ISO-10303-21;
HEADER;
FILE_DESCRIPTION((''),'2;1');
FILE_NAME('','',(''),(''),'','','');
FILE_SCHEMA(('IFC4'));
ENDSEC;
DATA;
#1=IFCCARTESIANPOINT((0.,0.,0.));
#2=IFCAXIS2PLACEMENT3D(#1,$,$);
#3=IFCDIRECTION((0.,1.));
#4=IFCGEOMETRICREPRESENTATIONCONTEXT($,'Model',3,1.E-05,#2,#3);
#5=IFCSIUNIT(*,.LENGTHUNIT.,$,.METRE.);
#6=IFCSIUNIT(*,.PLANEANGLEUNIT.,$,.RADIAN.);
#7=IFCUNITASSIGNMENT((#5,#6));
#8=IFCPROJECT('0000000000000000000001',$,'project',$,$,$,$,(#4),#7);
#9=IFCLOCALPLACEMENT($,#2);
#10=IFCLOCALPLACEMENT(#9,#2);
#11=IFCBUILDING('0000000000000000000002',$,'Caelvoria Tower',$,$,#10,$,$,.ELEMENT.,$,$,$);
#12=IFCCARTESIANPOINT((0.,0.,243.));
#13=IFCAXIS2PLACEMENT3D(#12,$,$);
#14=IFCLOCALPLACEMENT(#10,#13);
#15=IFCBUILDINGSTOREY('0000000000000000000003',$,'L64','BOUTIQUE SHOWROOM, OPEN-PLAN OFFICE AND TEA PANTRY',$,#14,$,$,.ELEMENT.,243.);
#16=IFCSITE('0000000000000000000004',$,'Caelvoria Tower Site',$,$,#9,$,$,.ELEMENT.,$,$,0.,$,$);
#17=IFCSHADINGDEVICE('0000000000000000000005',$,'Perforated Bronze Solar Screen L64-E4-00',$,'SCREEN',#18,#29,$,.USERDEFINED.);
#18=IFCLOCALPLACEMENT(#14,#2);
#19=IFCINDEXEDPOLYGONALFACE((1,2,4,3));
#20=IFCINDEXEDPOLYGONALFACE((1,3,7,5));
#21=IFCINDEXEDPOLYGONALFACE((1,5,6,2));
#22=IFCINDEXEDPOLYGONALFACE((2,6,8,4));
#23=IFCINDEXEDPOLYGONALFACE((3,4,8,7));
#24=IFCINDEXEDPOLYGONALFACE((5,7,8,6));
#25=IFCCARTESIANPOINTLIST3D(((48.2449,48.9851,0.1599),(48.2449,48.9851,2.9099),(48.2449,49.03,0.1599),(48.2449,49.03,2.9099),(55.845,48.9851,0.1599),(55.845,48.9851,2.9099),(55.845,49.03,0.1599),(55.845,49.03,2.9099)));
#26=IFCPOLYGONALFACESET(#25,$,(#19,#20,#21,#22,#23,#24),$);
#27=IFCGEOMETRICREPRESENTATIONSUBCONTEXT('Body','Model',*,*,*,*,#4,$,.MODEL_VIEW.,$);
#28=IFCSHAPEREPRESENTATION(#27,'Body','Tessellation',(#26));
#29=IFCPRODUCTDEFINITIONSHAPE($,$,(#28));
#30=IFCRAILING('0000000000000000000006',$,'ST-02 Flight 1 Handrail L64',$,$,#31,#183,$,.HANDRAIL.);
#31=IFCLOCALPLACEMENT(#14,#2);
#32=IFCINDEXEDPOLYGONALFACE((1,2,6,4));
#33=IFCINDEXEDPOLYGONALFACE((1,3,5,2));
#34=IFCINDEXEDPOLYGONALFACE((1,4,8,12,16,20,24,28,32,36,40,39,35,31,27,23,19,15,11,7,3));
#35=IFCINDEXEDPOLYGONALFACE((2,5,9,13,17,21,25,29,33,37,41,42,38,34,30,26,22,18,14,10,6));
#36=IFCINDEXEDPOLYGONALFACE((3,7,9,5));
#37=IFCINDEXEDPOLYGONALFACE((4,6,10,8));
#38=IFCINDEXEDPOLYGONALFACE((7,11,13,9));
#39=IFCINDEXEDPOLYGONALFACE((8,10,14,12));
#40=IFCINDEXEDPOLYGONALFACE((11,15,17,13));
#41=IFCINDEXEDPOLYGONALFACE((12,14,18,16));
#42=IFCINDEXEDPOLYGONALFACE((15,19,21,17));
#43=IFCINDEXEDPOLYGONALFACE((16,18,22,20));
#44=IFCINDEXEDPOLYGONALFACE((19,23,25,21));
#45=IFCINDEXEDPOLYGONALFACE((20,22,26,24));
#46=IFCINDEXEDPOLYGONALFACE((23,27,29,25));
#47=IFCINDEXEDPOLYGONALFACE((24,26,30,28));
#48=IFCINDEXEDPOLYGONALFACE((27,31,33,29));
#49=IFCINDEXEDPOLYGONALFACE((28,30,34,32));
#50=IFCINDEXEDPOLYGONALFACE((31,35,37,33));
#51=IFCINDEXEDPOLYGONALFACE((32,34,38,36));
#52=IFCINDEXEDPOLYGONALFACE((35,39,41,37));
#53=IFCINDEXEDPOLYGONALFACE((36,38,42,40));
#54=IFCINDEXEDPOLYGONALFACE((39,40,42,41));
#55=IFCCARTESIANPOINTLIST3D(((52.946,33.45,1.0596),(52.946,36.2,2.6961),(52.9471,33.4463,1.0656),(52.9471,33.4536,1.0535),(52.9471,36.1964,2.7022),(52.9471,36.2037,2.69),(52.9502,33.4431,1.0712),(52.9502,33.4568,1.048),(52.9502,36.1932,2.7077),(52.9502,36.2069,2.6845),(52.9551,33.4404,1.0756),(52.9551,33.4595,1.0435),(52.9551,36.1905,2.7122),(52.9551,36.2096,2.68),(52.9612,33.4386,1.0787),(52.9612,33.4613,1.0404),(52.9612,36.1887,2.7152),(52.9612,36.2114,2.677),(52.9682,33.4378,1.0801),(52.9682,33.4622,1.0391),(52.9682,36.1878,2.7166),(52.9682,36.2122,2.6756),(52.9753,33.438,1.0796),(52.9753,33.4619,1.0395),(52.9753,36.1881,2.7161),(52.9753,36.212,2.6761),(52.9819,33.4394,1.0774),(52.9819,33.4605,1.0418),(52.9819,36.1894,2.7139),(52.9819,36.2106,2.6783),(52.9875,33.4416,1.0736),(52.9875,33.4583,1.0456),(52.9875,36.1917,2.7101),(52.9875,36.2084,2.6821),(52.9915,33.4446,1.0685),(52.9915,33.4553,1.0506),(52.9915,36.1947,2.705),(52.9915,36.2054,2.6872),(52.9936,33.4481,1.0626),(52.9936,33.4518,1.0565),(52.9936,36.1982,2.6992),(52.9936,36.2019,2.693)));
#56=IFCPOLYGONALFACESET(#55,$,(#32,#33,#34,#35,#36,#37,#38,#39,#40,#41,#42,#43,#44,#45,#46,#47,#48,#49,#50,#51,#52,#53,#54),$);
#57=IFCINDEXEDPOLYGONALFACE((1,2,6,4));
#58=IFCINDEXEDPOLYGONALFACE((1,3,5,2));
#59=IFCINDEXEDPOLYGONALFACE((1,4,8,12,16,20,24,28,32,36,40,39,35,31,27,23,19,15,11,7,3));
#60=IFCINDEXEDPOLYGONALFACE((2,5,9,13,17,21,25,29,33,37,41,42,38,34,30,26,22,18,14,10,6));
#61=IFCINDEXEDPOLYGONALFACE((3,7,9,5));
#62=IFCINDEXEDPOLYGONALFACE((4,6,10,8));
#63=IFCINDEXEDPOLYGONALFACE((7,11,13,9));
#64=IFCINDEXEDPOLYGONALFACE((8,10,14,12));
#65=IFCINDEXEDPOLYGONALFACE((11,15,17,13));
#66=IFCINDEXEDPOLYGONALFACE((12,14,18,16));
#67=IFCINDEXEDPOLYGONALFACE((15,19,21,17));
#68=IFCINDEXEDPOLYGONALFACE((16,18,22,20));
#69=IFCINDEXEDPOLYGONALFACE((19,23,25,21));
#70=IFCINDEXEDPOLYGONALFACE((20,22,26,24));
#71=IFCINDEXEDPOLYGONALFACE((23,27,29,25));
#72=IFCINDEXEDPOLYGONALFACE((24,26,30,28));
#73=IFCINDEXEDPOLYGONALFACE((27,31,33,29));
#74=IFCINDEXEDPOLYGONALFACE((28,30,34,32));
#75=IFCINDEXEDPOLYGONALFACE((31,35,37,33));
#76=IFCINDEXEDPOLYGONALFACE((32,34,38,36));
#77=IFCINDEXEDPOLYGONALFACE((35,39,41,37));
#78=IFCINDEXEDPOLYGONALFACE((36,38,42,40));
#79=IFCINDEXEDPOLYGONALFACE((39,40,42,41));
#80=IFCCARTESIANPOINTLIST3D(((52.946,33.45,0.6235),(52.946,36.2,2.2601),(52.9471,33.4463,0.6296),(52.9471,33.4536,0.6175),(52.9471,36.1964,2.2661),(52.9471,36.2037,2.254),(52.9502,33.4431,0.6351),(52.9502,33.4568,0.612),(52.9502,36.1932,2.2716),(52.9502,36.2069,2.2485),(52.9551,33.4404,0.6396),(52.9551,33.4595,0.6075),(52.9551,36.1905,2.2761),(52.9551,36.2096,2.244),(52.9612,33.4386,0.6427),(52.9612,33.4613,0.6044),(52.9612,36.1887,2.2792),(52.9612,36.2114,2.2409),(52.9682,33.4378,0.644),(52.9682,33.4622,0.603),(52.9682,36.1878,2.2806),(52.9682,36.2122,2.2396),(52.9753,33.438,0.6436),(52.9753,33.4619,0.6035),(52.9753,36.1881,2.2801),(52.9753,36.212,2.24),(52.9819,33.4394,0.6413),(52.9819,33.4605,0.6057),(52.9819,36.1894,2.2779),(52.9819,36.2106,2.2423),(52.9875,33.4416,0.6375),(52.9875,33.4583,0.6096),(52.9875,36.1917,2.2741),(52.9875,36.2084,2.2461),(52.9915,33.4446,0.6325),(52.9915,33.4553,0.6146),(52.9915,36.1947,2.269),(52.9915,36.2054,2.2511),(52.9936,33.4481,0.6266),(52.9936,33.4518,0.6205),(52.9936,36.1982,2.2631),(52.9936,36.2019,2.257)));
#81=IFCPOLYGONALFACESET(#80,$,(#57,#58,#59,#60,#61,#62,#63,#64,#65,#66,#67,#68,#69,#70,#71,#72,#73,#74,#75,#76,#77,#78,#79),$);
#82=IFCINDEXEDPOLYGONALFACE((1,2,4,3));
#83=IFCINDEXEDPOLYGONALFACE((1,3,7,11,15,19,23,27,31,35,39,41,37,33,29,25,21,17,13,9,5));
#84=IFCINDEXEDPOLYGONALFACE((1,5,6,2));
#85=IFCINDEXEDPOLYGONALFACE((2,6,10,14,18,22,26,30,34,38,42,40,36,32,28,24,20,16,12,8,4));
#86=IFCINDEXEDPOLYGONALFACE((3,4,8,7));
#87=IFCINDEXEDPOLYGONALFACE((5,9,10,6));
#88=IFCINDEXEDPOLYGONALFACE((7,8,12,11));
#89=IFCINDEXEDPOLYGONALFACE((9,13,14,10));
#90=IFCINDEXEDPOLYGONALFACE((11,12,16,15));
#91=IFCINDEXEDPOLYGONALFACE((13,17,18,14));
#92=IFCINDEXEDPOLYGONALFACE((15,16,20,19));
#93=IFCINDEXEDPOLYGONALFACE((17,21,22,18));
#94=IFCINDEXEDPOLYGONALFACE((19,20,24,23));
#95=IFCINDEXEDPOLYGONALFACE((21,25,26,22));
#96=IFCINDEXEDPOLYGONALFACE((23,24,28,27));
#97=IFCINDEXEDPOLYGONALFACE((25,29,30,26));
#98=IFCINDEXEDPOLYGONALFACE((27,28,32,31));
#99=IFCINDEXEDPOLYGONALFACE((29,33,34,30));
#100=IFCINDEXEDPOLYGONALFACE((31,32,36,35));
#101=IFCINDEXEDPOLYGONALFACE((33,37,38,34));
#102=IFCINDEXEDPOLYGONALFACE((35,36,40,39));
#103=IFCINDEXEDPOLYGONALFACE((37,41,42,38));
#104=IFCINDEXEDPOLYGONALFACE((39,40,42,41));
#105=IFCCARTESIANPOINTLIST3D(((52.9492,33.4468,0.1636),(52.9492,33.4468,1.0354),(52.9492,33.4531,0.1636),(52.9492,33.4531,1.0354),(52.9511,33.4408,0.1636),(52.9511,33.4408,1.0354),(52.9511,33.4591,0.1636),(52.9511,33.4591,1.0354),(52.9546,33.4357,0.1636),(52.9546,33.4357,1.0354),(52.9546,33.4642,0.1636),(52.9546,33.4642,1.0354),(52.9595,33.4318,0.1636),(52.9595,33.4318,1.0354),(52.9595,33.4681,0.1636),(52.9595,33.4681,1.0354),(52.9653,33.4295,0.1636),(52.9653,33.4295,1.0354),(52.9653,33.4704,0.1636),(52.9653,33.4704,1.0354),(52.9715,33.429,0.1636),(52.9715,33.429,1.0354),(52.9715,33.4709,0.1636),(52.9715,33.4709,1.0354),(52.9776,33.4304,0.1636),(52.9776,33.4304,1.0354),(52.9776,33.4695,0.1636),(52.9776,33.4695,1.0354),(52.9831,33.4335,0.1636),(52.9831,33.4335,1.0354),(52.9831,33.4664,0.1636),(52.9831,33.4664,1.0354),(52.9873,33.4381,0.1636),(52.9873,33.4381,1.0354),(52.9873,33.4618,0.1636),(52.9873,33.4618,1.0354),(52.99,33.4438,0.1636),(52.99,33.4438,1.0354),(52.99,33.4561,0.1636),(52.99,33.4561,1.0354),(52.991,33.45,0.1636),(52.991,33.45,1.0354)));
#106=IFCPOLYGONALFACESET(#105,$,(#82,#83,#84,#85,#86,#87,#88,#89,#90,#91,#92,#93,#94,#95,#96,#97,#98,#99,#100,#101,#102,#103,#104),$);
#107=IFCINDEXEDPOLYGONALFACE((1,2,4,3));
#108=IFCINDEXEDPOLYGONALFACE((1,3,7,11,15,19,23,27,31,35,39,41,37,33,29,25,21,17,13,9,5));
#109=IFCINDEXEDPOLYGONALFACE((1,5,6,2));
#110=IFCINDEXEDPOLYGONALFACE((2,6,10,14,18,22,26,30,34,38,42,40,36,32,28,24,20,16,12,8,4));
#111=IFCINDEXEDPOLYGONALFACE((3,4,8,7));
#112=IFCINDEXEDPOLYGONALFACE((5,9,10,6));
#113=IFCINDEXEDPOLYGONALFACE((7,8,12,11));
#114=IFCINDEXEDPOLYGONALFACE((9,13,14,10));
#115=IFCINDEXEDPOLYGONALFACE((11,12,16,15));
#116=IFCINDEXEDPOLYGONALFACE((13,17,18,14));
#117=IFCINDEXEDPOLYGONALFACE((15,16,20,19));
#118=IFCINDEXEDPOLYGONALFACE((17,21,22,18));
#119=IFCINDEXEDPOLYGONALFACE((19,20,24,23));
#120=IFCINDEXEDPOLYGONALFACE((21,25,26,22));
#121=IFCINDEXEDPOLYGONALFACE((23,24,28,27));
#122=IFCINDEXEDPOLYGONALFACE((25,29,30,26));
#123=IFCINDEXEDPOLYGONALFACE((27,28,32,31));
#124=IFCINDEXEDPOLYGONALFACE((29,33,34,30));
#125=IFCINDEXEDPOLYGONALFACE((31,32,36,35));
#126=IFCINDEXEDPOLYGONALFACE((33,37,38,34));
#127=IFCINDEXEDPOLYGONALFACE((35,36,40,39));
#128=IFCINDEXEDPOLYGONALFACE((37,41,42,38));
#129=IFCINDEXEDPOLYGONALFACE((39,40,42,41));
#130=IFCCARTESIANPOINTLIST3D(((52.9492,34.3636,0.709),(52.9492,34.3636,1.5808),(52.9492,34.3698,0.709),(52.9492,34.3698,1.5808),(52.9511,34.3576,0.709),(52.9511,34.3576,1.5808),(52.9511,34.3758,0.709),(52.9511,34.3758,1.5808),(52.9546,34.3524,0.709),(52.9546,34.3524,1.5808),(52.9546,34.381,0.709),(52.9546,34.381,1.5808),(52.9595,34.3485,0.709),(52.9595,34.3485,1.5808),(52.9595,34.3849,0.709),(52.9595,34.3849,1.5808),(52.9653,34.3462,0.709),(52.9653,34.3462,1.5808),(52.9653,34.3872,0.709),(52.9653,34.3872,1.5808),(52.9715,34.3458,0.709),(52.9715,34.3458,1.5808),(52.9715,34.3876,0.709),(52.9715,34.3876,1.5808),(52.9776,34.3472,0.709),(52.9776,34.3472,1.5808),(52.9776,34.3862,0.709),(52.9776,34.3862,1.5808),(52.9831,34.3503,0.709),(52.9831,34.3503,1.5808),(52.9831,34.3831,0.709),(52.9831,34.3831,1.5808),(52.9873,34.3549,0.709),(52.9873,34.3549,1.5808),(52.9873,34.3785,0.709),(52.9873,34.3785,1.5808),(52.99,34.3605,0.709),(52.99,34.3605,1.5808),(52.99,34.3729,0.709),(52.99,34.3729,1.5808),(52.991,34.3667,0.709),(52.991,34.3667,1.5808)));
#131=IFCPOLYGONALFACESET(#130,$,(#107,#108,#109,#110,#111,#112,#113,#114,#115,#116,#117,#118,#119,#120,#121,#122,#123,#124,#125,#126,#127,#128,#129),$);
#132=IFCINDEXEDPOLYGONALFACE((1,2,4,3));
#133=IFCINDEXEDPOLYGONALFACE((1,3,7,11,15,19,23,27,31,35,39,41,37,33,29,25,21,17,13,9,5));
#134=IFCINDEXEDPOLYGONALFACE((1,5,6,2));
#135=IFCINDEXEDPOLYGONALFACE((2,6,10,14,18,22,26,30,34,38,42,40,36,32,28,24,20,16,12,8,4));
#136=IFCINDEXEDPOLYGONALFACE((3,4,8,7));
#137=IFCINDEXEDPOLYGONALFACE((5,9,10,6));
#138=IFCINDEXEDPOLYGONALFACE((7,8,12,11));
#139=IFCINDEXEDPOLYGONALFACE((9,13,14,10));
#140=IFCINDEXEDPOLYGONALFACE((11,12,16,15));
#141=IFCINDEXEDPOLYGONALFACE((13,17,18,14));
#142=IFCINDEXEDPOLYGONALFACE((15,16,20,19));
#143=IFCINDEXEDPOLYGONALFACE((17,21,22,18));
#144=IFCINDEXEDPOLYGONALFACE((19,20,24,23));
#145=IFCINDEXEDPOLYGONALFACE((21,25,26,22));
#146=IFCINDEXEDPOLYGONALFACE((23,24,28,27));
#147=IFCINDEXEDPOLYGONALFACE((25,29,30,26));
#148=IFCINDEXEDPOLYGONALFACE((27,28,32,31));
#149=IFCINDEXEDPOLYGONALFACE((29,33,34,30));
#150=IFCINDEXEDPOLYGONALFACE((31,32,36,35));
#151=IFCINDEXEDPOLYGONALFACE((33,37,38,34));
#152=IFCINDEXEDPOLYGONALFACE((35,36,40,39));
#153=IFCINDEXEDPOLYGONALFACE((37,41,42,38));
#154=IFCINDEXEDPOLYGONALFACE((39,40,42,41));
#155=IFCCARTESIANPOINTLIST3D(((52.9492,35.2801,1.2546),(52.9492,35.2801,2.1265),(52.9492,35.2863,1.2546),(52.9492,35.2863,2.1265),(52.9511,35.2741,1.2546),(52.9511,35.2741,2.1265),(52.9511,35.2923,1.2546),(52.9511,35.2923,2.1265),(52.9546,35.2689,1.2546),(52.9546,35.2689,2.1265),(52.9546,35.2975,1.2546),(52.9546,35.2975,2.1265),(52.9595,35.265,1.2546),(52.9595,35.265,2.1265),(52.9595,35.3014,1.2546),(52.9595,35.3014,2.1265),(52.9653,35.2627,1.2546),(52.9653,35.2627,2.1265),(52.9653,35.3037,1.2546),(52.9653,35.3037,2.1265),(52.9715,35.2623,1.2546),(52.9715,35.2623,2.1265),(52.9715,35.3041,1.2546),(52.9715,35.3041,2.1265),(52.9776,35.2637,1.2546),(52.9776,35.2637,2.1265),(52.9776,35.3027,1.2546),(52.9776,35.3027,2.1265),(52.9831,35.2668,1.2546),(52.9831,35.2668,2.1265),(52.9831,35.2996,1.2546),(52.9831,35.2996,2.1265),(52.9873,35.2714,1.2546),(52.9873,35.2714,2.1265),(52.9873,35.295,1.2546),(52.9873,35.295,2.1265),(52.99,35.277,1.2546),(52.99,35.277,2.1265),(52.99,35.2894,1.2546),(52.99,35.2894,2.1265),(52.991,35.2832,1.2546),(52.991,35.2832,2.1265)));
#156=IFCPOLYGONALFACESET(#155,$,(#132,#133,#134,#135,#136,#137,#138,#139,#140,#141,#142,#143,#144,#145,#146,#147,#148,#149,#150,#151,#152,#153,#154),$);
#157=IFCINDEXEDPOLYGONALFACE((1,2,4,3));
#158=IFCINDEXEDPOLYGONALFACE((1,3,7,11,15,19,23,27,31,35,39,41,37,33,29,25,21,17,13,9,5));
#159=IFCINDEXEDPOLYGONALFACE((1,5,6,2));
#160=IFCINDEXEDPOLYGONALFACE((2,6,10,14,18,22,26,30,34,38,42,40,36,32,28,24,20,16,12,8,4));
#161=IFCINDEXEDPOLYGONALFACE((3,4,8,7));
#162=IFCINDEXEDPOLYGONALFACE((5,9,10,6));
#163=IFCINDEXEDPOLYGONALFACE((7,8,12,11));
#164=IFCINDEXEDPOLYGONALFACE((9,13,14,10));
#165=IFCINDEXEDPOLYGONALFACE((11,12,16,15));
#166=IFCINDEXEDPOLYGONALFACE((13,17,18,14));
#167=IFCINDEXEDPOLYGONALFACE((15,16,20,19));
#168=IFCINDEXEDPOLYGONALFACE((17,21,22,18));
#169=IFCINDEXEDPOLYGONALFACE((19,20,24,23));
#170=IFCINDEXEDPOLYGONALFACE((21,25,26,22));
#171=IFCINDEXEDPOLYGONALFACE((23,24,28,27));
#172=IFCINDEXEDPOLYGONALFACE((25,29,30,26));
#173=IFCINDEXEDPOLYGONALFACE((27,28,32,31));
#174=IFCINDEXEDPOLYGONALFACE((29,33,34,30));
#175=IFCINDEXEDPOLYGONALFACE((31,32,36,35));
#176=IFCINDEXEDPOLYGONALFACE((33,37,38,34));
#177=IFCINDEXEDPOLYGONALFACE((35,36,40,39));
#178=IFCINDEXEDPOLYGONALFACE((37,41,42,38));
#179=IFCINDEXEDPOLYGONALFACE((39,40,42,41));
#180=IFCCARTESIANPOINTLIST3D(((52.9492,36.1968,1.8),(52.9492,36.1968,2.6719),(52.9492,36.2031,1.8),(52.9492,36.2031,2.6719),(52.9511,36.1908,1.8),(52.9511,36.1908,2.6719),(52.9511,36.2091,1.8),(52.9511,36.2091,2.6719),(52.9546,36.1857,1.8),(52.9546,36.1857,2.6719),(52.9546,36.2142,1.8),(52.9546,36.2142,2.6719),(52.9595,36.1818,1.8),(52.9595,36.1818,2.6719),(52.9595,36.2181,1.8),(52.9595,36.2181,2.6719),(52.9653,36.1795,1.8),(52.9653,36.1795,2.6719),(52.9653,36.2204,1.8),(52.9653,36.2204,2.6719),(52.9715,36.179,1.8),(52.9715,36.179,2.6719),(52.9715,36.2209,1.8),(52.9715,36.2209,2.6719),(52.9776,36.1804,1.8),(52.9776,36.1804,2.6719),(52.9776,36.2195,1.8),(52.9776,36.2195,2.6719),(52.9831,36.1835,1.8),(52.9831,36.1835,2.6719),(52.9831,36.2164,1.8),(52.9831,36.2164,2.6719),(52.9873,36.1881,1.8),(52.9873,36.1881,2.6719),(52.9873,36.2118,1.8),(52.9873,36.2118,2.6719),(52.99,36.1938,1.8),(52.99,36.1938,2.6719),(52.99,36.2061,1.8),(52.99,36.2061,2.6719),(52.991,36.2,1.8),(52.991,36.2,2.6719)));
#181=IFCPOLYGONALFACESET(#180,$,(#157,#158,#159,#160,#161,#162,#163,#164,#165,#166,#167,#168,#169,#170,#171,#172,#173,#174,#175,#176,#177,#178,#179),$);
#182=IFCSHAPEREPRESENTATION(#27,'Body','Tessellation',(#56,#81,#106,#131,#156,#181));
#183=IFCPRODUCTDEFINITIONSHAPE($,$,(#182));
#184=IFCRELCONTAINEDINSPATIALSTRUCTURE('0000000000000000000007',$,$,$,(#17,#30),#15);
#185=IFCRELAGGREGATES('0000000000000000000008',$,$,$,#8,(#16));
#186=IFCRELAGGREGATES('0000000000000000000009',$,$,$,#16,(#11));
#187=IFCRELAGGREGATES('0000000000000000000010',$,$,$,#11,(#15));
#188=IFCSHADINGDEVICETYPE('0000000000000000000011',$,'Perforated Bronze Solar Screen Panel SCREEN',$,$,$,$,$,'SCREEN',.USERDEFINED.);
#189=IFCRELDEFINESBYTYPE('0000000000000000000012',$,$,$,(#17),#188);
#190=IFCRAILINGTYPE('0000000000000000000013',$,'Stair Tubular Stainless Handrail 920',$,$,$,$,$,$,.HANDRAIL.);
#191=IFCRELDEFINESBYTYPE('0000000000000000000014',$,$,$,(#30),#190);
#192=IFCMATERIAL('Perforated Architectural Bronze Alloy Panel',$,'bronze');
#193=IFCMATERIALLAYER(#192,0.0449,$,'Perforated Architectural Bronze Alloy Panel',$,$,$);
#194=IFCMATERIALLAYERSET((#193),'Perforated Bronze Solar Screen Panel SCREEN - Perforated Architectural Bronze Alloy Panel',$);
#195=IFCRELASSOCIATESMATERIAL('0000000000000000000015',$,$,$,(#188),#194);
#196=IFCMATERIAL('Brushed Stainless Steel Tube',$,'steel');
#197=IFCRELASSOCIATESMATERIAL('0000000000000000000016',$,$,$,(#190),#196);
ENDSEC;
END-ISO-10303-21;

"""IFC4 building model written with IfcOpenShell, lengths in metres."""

from ifc_helpers import new_model, si_unit, direction, frame, origin, origin_2d, place, context, subcontext, project, spatial, rectangle, circle, extrude, material, layer, layer_set, type_object, element, save


model = new_model("IFC4")

# Units and contexts
model_context = context("Model", 3, precision=1e-05, world=origin(), true_north=direction((0.0, 1.0)))
body_context = subcontext(model_context, "Body", "Model", "MODEL_VIEW")
ifc_project = project(units=[si_unit("LENGTHUNIT", "METRE"), si_unit("PLANEANGLEUNIT", "RADIAN")], contexts=[model_context])

# Site, building, storey
site_placement = place(None, origin())
site = spatial("IfcSite", under=ifc_project, at=site_placement, Name="Caelvoria Tower Site", CompositionType="ELEMENT", RefElevation=0.0)
building_placement = place(site_placement, origin())
building = spatial("IfcBuilding", under=site, at=building_placement, Name="Caelvoria Tower", CompositionType="ELEMENT")
storey_placement = place(building_placement, frame((0.0, 0.0, 243.0)))
storey = spatial("IfcBuildingStorey", under=building, at=storey_placement, Name="L64", Description="BOUTIQUE SHOWROOM, OPEN-PLAN OFFICE AND TEA PANTRY", CompositionType="ELEMENT", Elevation=243.0)

# Shading device
ifc_material_1 = material(Name="Perforated Architectural Bronze Alloy Panel", Category="bronze")
ifc_layer_1 = layer(ifc_material_1, 0.0449, Name="Perforated Architectural Bronze Alloy Panel")
ifc_layer_set_1 = layer_set([ifc_layer_1], Name="Perforated Bronze Solar Screen Panel SCREEN - Perforated Architectural Bronze Alloy Panel")
shading_device_type = type_object("IfcShadingDeviceType", Name="Perforated Bronze Solar Screen Panel SCREEN", ElementType="SCREEN", PredefinedType="USERDEFINED", material=ifc_layer_set_1)
shading_device_placement = place(storey_placement, frame((52.0449, 49.0076, 0.1599), z_axis=(0.0, 0.0, 1.0), x_axis=(-1.0, 0.0, 0.0)))
element("IfcShadingDevice", 1, at=shading_device_placement, inside=storey, type_object=shading_device_type, Name="Perforated Bronze Solar Screen L64-E4-00", ObjectType="SCREEN", PredefinedType="USERDEFINED", context=body_context, shape_type="SweptSolid", body=[
    extrude(rectangle(XDim=7.6001, YDim=0.0449, at=origin_2d()), origin(), (0.0, 0.0, 1.0), 2.75),
])

# Railing
ifc_material_2 = material(Name="Brushed Stainless Steel Tube", Category="steel")
railing_type_1 = type_object("IfcRailingType", Name="Stair Tubular Stainless Handrail 920", PredefinedType="HANDRAIL", material=ifc_material_2)
railing_1_placement = place(storey_placement, frame((52.97, 33.45, 0.1636)))
element("IfcRailing", 2, at=railing_1_placement, inside=storey, type_object=railing_type_1, Name="ST-02 Flight 1 Handrail L64", PredefinedType="HANDRAIL", context=body_context, shape_type="SweptSolid", body=[
    extrude(circle(Radius=0.0239, at=origin_2d()), frame((0.0, 0.0, 0.896), z_axis=(0.0, 0.859352, 0.511385), x_axis=(-1.0, 0.0, 0.0)), (0.0, 0.0, 1.0), 3.2002),
    extrude(circle(Radius=0.0239, at=origin_2d()), frame((0.0, 0.0, 0.46), z_axis=(0.0, 0.859352, 0.511385), x_axis=(-1.0, 0.0, 0.0)), (0.0, 0.0, 1.0), 3.2002),
    extrude(circle(Radius=0.021, at=origin_2d()), origin(), (0.0, 0.0, 1.0), 0.8718),
    extrude(circle(Radius=0.021, at=origin_2d()), frame((0.0, 0.9167, 0.5454)), (0.0, 0.0, 1.0), 0.8718),
    extrude(circle(Radius=0.021, at=origin_2d()), frame((0.0, 1.8333, 1.0911)), (0.0, 0.0, 1.0), 0.8718),
    extrude(circle(Radius=0.021, at=origin_2d()), frame((0.0, 2.75, 1.6365)), (0.0, 0.0, 1.0), 0.8718),
])

save(model, "model.ifc")
